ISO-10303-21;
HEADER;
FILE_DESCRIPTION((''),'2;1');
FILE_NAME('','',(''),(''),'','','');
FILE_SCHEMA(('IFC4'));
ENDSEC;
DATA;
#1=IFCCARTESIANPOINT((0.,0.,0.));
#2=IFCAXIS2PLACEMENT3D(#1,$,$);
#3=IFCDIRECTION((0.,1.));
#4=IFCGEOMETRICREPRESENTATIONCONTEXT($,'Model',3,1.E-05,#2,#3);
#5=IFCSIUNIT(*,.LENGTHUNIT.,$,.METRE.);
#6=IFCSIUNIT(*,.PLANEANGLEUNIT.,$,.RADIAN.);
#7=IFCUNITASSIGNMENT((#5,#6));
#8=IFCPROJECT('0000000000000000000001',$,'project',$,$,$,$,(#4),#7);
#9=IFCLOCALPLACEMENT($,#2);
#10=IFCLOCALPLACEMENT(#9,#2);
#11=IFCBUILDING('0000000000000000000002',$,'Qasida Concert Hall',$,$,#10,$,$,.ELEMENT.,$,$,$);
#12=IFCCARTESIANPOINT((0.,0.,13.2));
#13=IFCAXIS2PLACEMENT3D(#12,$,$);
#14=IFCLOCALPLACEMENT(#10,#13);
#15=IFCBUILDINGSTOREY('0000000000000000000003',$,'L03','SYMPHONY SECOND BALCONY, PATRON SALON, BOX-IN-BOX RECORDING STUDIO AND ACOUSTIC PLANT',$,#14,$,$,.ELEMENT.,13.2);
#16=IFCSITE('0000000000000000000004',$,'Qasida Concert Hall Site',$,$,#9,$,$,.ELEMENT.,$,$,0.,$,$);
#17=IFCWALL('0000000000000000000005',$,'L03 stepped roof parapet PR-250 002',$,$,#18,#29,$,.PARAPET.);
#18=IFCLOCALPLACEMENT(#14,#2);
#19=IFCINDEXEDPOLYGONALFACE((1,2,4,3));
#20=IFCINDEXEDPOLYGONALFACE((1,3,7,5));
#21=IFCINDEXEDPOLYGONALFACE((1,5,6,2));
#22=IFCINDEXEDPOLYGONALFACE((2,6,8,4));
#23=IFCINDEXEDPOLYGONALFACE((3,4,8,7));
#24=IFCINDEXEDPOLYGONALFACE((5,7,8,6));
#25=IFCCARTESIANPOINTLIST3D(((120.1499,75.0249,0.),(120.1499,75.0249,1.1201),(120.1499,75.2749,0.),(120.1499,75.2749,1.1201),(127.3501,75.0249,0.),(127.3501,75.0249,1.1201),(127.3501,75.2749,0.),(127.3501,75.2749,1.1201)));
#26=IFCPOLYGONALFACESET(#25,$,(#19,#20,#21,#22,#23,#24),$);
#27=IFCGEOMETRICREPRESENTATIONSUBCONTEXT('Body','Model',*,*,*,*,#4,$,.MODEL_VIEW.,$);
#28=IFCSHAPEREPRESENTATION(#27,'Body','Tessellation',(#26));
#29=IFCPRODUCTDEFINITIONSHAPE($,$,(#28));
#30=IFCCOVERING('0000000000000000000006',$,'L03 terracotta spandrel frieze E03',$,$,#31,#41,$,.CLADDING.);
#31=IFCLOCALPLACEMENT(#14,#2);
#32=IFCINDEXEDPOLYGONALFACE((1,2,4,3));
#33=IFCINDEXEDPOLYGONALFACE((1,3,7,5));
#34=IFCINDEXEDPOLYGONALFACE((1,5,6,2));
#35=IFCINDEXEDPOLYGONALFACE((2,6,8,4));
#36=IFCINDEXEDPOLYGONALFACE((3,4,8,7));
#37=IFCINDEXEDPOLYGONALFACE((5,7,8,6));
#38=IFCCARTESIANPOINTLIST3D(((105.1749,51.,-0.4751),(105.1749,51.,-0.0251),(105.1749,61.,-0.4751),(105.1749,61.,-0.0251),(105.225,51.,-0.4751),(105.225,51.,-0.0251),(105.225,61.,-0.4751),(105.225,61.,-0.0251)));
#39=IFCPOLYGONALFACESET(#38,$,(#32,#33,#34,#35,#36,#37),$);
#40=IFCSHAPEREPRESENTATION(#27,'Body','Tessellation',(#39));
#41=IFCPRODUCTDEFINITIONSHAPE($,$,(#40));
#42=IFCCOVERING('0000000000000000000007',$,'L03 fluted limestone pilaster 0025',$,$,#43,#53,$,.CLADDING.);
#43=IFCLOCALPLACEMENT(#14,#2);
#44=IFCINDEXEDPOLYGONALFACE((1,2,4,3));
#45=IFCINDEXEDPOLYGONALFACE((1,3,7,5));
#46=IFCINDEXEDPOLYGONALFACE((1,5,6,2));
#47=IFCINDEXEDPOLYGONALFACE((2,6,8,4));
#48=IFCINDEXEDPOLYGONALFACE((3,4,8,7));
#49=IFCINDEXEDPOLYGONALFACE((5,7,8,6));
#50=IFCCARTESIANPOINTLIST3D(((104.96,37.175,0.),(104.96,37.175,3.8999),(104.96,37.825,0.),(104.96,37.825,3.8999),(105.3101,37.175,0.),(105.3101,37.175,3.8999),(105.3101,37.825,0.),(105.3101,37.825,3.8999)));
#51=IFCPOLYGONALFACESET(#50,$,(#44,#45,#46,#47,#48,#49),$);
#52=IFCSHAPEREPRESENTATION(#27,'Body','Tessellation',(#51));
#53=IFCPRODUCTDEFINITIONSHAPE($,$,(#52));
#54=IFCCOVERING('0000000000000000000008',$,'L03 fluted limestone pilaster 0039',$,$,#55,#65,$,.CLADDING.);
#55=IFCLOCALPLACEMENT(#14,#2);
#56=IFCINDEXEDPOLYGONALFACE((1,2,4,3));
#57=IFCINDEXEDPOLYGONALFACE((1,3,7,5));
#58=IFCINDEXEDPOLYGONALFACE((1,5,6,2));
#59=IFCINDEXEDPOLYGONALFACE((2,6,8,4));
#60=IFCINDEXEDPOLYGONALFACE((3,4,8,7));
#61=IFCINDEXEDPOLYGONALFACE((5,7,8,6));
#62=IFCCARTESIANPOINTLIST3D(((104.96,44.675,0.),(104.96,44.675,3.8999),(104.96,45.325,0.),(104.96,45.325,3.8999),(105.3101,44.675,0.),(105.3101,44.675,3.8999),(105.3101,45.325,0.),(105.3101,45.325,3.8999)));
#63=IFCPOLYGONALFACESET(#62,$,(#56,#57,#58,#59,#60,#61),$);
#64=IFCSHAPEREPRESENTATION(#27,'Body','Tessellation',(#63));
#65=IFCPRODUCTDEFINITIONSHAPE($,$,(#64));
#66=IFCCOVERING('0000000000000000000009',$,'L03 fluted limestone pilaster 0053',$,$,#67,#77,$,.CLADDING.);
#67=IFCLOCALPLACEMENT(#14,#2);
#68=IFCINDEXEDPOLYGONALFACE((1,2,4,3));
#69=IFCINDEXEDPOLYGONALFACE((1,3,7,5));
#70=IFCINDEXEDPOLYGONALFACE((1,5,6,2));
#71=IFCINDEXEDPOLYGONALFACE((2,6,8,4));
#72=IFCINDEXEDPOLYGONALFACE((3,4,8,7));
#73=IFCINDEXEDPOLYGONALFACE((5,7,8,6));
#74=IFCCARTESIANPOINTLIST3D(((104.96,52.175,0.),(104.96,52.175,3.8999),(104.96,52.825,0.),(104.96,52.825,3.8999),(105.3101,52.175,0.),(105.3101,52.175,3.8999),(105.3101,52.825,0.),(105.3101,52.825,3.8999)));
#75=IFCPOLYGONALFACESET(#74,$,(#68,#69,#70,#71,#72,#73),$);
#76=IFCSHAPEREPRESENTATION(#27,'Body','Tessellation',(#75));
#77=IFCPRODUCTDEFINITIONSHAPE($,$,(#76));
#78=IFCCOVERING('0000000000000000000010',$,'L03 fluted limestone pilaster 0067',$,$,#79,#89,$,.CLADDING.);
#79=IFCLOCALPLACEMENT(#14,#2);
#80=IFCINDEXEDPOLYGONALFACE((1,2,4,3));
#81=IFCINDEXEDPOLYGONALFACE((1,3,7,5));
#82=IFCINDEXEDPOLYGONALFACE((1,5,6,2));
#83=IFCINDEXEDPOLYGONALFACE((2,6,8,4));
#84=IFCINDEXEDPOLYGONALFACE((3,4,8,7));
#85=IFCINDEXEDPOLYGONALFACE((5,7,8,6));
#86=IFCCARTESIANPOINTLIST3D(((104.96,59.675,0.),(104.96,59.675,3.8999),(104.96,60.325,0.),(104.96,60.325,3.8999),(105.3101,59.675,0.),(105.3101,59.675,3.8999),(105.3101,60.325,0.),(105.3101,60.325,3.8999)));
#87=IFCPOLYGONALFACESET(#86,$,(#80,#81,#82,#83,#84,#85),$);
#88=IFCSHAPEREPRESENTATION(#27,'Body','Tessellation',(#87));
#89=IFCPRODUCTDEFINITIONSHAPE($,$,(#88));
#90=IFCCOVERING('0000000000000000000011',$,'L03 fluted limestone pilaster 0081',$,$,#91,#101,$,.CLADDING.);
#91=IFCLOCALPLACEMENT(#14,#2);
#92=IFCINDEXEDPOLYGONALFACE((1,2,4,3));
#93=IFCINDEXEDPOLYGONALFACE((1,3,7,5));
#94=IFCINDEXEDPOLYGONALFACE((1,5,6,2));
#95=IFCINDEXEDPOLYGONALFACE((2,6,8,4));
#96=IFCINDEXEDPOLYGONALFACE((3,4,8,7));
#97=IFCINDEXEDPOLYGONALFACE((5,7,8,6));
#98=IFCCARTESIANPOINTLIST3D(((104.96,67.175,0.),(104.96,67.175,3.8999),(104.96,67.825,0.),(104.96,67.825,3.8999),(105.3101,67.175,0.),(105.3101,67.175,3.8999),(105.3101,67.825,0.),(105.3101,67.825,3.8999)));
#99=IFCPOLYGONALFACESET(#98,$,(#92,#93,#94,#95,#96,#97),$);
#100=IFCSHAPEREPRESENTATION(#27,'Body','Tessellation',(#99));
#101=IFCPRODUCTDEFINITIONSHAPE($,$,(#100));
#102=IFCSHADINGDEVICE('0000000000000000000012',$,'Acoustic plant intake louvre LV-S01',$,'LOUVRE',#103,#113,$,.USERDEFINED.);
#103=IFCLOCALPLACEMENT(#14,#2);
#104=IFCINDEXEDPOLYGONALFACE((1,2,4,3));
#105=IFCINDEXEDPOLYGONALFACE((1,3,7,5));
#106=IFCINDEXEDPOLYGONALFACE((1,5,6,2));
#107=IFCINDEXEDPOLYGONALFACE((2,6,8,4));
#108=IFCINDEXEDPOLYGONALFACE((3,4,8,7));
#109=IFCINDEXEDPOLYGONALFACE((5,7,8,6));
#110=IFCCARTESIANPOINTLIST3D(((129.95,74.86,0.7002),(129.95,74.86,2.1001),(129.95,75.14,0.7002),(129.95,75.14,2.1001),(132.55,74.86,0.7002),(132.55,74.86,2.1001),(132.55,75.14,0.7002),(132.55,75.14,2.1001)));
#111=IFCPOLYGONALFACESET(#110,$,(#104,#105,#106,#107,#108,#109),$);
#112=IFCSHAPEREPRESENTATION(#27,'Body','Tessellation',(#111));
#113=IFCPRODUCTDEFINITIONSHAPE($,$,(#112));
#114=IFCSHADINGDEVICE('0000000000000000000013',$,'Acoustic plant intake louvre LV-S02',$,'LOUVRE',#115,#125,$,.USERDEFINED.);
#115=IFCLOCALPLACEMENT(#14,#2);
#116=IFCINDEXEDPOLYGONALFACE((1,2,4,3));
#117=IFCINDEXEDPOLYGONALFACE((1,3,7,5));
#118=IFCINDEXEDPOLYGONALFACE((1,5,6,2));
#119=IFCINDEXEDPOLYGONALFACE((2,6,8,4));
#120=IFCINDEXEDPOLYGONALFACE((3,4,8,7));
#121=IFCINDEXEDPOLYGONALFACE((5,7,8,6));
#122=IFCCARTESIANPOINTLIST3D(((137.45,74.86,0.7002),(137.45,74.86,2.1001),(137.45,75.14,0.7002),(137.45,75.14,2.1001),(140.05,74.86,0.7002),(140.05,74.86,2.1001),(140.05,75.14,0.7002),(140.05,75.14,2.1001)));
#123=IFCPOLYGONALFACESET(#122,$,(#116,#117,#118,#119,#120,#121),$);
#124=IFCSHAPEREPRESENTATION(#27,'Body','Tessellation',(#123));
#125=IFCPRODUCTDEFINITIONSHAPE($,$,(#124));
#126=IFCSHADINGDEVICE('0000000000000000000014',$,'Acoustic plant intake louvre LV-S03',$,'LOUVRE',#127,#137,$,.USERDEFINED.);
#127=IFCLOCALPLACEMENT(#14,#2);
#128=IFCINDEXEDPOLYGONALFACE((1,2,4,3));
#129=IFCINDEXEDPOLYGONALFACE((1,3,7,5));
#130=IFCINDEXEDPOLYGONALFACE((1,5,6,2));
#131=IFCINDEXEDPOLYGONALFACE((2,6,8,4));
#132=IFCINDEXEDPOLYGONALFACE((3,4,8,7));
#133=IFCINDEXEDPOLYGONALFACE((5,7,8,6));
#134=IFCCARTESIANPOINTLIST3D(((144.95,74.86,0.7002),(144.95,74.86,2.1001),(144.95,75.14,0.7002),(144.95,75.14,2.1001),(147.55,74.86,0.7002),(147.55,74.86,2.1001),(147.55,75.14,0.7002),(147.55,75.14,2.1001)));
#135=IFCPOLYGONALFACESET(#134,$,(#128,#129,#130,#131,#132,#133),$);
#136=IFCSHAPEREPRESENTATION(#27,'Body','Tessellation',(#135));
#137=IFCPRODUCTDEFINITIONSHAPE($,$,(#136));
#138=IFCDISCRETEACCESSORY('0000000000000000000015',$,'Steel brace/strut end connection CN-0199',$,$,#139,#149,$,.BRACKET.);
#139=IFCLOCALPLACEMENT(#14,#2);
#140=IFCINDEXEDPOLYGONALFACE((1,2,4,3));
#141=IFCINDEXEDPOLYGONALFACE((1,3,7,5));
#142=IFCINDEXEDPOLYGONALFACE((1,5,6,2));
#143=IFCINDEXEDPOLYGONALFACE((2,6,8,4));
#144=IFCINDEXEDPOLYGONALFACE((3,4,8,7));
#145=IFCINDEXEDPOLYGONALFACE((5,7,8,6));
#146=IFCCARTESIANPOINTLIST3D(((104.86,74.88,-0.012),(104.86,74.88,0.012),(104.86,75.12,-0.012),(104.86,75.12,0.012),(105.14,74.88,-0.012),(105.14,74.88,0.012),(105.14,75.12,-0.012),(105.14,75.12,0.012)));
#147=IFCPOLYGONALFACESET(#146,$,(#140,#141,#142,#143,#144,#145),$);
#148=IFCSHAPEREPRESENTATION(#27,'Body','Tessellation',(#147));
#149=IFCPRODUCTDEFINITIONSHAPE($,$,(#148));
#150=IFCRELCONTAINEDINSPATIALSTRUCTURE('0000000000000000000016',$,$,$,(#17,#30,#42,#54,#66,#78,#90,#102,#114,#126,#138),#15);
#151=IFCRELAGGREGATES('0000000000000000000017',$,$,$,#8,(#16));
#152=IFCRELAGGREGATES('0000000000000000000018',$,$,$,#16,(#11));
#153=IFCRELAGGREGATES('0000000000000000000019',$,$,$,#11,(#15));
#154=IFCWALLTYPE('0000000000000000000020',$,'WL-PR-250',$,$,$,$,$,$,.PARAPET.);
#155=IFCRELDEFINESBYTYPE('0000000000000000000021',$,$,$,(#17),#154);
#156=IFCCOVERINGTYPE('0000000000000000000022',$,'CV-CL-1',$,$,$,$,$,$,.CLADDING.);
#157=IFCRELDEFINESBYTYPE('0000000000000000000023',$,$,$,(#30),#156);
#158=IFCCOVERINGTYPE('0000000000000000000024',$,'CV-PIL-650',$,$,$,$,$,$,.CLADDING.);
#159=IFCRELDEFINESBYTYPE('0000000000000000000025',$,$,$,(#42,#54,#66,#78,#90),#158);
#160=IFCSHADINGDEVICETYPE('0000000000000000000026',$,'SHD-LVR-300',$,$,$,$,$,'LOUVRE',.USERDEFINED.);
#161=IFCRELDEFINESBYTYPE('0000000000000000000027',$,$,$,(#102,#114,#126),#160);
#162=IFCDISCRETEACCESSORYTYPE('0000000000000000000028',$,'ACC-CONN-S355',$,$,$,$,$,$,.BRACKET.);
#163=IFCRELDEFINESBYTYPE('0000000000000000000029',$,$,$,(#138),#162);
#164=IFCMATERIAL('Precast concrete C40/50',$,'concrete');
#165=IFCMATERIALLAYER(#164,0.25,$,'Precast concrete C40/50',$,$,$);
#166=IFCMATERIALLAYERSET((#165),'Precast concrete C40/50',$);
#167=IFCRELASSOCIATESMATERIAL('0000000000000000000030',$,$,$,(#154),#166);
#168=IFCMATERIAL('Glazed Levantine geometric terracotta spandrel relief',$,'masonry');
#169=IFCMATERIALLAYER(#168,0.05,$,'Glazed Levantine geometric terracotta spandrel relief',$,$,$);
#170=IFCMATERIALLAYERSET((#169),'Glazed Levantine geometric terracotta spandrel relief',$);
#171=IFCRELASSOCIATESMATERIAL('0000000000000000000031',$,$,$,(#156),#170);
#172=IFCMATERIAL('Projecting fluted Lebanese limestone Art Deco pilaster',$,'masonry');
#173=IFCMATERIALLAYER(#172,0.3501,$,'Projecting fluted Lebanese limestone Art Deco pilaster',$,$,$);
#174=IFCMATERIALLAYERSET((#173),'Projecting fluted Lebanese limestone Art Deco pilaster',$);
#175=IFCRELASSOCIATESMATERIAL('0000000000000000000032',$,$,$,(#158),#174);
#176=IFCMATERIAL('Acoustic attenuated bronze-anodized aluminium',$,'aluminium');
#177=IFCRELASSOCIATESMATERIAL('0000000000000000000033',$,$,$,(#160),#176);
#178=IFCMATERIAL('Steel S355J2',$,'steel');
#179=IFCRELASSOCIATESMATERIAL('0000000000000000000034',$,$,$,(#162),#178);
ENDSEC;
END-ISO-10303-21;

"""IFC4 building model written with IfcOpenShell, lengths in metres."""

from ifc_helpers import new_model, si_unit, direction, frame, frame_2d, origin, origin_2d, place, context, subcontext, project, spatial, rectangle, extrude, material, layer, layer_set, type_object, element, save


model = new_model("IFC4")

# Units and contexts
model_context = context("Model", 3, precision=1e-05, world=origin(), true_north=direction((0.0, 1.0)))
body_context = subcontext(model_context, "Body", "Model", "MODEL_VIEW")
ifc_project = project(units=[si_unit("LENGTHUNIT", "METRE"), si_unit("PLANEANGLEUNIT", "RADIAN")], contexts=[model_context])

# Site, building, storey
site_placement = place(None, origin())
site = spatial("IfcSite", under=ifc_project, at=site_placement, Name="Qasida Concert Hall Site", CompositionType="ELEMENT", RefElevation=0.0)
building_placement = place(site_placement, origin())
building = spatial("IfcBuilding", under=site, at=building_placement, Name="Qasida Concert Hall", CompositionType="ELEMENT")
storey_placement = place(building_placement, frame((0.0, 0.0, 13.2)))
storey = spatial("IfcBuildingStorey", under=building, at=storey_placement, Name="L03", Description="SYMPHONY SECOND BALCONY, PATRON SALON, BOX-IN-BOX RECORDING STUDIO AND ACOUSTIC PLANT", CompositionType="ELEMENT", Elevation=13.2)

# Shared definitions
ifc_material_1 = material(Name="Steel S355J2", Category="steel")

# Wall
ifc_material_2 = material(Name="Precast concrete C40/50", Category="concrete")
ifc_layer_1 = layer(ifc_material_2, 0.25, Name="Precast concrete C40/50")
ifc_layer_set_1 = layer_set([ifc_layer_1], Name="Precast concrete C40/50")
wall_type_1 = type_object("IfcWallType", Name="WL-PR-250", PredefinedType="PARAPET", material=ifc_layer_set_1)
wall_placement = place(storey_placement, frame((120.1499, 75.1499, 0.0), z_axis=(0.0, 0.0, 1.0), x_axis=(1.0, 0.0, 0.0)))
element("IfcWall", 1, at=wall_placement, inside=storey, type_object=wall_type_1, Name="L03 stepped roof parapet PR-250 002", PredefinedType="PARAPET", context=body_context, shape_type="SweptSolid", body=[
    extrude(rectangle(XDim=7.2002, YDim=0.25, at=frame_2d((3.6001, 0.0))), origin(), (0.0, 0.0, 1.0), 1.1201),
])

# Coverings
ifc_material_3 = material(Name="Glazed Levantine geometric terracotta spandrel relief", Category="masonry")
ifc_layer_2 = layer(ifc_material_3, 0.05, Name="Glazed Levantine geometric terracotta spandrel relief")
ifc_layer_set_2 = layer_set([ifc_layer_2], Name="Glazed Levantine geometric terracotta spandrel relief")
covering_type_1 = type_object("IfcCoveringType", Name="CV-CL-1", PredefinedType="CLADDING", material=ifc_layer_set_2)
covering_placement = place(storey_placement, frame((105.2, 56.0, -0.4751), z_axis=(0.0, 0.0, 1.0), x_axis=(1.0, 0.0, 0.0)))
element("IfcCovering", 2, at=covering_placement, inside=storey, type_object=covering_type_1, Name="L03 terracotta spandrel frieze E03", PredefinedType="CLADDING", context=body_context, shape_type="SweptSolid", body=[
    extrude(rectangle(XDim=0.05, YDim=10.0, at=origin_2d()), origin(), (0.0, 0.0, 1.0), 0.45),
])
ifc_material_4 = material(Name="Projecting fluted Lebanese limestone Art Deco pilaster", Category="masonry")
ifc_layer_3 = layer(ifc_material_4, 0.3501, Name="Projecting fluted Lebanese limestone Art Deco pilaster")
ifc_layer_set_3 = layer_set([ifc_layer_3], Name="Projecting fluted Lebanese limestone Art Deco pilaster")
covering_type_2 = type_object("IfcCoveringType", Name="CV-PIL-650", PredefinedType="CLADDING", material=ifc_layer_set_3)
for number, where, z_axis, x_axis, name in (
    (3, (105.135, 37.5, 0.0), (0.0, 0.0, 1.0), (1.0, 0.0, 0.0), "L03 fluted limestone pilaster 0025"),
    (4, (105.135, 45.0, 0.0), (0.0, 0.0, 1.0), (1.0, 0.0, 0.0), "L03 fluted limestone pilaster 0039"),
    (5, (105.135, 52.5, 0.0), (0.0, 0.0, 1.0), (1.0, 0.0, 0.0), "L03 fluted limestone pilaster 0053"),
    (6, (105.135, 60.0, 0.0), (0.0, 0.0, 1.0), (1.0, 0.0, 0.0), "L03 fluted limestone pilaster 0067"),
    (7, (105.135, 67.5, 0.0), (0.0, 0.0, 1.0), (1.0, 0.0, 0.0), "L03 fluted limestone pilaster 0081"),
):
    element("IfcCovering", number, at=place(storey_placement, frame(where, z_axis=z_axis, x_axis=x_axis)), inside=storey, type_object=covering_type_2, Name=name, PredefinedType="CLADDING", context=body_context, shape_type="SweptSolid", body=[
        extrude(rectangle(XDim=0.3501, YDim=0.6499, at=origin_2d()), origin(), (0.0, 0.0, 1.0), 3.8999),
    ])

# Shading devices
ifc_material_5 = material(Name="Acoustic attenuated bronze-anodized aluminium", Category="aluminium")
shading_device_type = type_object("IfcShadingDeviceType", Name="SHD-LVR-300", ElementType="LOUVRE", PredefinedType="USERDEFINED", material=ifc_material_5)
for number, where, z_axis, x_axis, name in (
    (8, (131.25, 75.0, 0.7002), (0.0, 0.0, 1.0), (1.0, 0.0, 0.0), "Acoustic plant intake louvre LV-S01"),
    (9, (138.75, 75.0, 0.7002), (0.0, 0.0, 1.0), (1.0, 0.0, 0.0), "Acoustic plant intake louvre LV-S02"),
    (10, (146.25, 75.0, 0.7002), (0.0, 0.0, 1.0), (1.0, 0.0, 0.0), "Acoustic plant intake louvre LV-S03"),
):
    element("IfcShadingDevice", number, at=place(storey_placement, frame(where, z_axis=z_axis, x_axis=x_axis)), inside=storey, type_object=shading_device_type, Name=name, ObjectType="LOUVRE", PredefinedType="USERDEFINED", context=body_context, shape_type="SweptSolid", body=[
        extrude(rectangle(XDim=2.6001, YDim=0.28, at=origin_2d()), origin(), (0.0, 0.0, 1.0), 1.3999),
    ])

# Discrete accessory
discrete_accessory_type = type_object("IfcDiscreteAccessoryType", Name="ACC-CONN-S355", PredefinedType="BRACKET", material=ifc_material_1)
discrete_accessory_placement = place(storey_placement, frame((105.0, 75.0, -0.012), z_axis=(0.0, 0.0, 1.0), x_axis=(1.0, 0.0, 0.0)))
element("IfcDiscreteAccessory", 11, at=discrete_accessory_placement, inside=storey, type_object=discrete_accessory_type, Name="Steel brace/strut end connection CN-0199", PredefinedType="BRACKET", context=body_context, shape_type="SweptSolid", body=[
    extrude(rectangle(XDim=0.28, YDim=0.24, at=origin_2d()), origin(), (0.0, 0.0, 1.0), 0.0239),
])

save(model, "model.ifc")
